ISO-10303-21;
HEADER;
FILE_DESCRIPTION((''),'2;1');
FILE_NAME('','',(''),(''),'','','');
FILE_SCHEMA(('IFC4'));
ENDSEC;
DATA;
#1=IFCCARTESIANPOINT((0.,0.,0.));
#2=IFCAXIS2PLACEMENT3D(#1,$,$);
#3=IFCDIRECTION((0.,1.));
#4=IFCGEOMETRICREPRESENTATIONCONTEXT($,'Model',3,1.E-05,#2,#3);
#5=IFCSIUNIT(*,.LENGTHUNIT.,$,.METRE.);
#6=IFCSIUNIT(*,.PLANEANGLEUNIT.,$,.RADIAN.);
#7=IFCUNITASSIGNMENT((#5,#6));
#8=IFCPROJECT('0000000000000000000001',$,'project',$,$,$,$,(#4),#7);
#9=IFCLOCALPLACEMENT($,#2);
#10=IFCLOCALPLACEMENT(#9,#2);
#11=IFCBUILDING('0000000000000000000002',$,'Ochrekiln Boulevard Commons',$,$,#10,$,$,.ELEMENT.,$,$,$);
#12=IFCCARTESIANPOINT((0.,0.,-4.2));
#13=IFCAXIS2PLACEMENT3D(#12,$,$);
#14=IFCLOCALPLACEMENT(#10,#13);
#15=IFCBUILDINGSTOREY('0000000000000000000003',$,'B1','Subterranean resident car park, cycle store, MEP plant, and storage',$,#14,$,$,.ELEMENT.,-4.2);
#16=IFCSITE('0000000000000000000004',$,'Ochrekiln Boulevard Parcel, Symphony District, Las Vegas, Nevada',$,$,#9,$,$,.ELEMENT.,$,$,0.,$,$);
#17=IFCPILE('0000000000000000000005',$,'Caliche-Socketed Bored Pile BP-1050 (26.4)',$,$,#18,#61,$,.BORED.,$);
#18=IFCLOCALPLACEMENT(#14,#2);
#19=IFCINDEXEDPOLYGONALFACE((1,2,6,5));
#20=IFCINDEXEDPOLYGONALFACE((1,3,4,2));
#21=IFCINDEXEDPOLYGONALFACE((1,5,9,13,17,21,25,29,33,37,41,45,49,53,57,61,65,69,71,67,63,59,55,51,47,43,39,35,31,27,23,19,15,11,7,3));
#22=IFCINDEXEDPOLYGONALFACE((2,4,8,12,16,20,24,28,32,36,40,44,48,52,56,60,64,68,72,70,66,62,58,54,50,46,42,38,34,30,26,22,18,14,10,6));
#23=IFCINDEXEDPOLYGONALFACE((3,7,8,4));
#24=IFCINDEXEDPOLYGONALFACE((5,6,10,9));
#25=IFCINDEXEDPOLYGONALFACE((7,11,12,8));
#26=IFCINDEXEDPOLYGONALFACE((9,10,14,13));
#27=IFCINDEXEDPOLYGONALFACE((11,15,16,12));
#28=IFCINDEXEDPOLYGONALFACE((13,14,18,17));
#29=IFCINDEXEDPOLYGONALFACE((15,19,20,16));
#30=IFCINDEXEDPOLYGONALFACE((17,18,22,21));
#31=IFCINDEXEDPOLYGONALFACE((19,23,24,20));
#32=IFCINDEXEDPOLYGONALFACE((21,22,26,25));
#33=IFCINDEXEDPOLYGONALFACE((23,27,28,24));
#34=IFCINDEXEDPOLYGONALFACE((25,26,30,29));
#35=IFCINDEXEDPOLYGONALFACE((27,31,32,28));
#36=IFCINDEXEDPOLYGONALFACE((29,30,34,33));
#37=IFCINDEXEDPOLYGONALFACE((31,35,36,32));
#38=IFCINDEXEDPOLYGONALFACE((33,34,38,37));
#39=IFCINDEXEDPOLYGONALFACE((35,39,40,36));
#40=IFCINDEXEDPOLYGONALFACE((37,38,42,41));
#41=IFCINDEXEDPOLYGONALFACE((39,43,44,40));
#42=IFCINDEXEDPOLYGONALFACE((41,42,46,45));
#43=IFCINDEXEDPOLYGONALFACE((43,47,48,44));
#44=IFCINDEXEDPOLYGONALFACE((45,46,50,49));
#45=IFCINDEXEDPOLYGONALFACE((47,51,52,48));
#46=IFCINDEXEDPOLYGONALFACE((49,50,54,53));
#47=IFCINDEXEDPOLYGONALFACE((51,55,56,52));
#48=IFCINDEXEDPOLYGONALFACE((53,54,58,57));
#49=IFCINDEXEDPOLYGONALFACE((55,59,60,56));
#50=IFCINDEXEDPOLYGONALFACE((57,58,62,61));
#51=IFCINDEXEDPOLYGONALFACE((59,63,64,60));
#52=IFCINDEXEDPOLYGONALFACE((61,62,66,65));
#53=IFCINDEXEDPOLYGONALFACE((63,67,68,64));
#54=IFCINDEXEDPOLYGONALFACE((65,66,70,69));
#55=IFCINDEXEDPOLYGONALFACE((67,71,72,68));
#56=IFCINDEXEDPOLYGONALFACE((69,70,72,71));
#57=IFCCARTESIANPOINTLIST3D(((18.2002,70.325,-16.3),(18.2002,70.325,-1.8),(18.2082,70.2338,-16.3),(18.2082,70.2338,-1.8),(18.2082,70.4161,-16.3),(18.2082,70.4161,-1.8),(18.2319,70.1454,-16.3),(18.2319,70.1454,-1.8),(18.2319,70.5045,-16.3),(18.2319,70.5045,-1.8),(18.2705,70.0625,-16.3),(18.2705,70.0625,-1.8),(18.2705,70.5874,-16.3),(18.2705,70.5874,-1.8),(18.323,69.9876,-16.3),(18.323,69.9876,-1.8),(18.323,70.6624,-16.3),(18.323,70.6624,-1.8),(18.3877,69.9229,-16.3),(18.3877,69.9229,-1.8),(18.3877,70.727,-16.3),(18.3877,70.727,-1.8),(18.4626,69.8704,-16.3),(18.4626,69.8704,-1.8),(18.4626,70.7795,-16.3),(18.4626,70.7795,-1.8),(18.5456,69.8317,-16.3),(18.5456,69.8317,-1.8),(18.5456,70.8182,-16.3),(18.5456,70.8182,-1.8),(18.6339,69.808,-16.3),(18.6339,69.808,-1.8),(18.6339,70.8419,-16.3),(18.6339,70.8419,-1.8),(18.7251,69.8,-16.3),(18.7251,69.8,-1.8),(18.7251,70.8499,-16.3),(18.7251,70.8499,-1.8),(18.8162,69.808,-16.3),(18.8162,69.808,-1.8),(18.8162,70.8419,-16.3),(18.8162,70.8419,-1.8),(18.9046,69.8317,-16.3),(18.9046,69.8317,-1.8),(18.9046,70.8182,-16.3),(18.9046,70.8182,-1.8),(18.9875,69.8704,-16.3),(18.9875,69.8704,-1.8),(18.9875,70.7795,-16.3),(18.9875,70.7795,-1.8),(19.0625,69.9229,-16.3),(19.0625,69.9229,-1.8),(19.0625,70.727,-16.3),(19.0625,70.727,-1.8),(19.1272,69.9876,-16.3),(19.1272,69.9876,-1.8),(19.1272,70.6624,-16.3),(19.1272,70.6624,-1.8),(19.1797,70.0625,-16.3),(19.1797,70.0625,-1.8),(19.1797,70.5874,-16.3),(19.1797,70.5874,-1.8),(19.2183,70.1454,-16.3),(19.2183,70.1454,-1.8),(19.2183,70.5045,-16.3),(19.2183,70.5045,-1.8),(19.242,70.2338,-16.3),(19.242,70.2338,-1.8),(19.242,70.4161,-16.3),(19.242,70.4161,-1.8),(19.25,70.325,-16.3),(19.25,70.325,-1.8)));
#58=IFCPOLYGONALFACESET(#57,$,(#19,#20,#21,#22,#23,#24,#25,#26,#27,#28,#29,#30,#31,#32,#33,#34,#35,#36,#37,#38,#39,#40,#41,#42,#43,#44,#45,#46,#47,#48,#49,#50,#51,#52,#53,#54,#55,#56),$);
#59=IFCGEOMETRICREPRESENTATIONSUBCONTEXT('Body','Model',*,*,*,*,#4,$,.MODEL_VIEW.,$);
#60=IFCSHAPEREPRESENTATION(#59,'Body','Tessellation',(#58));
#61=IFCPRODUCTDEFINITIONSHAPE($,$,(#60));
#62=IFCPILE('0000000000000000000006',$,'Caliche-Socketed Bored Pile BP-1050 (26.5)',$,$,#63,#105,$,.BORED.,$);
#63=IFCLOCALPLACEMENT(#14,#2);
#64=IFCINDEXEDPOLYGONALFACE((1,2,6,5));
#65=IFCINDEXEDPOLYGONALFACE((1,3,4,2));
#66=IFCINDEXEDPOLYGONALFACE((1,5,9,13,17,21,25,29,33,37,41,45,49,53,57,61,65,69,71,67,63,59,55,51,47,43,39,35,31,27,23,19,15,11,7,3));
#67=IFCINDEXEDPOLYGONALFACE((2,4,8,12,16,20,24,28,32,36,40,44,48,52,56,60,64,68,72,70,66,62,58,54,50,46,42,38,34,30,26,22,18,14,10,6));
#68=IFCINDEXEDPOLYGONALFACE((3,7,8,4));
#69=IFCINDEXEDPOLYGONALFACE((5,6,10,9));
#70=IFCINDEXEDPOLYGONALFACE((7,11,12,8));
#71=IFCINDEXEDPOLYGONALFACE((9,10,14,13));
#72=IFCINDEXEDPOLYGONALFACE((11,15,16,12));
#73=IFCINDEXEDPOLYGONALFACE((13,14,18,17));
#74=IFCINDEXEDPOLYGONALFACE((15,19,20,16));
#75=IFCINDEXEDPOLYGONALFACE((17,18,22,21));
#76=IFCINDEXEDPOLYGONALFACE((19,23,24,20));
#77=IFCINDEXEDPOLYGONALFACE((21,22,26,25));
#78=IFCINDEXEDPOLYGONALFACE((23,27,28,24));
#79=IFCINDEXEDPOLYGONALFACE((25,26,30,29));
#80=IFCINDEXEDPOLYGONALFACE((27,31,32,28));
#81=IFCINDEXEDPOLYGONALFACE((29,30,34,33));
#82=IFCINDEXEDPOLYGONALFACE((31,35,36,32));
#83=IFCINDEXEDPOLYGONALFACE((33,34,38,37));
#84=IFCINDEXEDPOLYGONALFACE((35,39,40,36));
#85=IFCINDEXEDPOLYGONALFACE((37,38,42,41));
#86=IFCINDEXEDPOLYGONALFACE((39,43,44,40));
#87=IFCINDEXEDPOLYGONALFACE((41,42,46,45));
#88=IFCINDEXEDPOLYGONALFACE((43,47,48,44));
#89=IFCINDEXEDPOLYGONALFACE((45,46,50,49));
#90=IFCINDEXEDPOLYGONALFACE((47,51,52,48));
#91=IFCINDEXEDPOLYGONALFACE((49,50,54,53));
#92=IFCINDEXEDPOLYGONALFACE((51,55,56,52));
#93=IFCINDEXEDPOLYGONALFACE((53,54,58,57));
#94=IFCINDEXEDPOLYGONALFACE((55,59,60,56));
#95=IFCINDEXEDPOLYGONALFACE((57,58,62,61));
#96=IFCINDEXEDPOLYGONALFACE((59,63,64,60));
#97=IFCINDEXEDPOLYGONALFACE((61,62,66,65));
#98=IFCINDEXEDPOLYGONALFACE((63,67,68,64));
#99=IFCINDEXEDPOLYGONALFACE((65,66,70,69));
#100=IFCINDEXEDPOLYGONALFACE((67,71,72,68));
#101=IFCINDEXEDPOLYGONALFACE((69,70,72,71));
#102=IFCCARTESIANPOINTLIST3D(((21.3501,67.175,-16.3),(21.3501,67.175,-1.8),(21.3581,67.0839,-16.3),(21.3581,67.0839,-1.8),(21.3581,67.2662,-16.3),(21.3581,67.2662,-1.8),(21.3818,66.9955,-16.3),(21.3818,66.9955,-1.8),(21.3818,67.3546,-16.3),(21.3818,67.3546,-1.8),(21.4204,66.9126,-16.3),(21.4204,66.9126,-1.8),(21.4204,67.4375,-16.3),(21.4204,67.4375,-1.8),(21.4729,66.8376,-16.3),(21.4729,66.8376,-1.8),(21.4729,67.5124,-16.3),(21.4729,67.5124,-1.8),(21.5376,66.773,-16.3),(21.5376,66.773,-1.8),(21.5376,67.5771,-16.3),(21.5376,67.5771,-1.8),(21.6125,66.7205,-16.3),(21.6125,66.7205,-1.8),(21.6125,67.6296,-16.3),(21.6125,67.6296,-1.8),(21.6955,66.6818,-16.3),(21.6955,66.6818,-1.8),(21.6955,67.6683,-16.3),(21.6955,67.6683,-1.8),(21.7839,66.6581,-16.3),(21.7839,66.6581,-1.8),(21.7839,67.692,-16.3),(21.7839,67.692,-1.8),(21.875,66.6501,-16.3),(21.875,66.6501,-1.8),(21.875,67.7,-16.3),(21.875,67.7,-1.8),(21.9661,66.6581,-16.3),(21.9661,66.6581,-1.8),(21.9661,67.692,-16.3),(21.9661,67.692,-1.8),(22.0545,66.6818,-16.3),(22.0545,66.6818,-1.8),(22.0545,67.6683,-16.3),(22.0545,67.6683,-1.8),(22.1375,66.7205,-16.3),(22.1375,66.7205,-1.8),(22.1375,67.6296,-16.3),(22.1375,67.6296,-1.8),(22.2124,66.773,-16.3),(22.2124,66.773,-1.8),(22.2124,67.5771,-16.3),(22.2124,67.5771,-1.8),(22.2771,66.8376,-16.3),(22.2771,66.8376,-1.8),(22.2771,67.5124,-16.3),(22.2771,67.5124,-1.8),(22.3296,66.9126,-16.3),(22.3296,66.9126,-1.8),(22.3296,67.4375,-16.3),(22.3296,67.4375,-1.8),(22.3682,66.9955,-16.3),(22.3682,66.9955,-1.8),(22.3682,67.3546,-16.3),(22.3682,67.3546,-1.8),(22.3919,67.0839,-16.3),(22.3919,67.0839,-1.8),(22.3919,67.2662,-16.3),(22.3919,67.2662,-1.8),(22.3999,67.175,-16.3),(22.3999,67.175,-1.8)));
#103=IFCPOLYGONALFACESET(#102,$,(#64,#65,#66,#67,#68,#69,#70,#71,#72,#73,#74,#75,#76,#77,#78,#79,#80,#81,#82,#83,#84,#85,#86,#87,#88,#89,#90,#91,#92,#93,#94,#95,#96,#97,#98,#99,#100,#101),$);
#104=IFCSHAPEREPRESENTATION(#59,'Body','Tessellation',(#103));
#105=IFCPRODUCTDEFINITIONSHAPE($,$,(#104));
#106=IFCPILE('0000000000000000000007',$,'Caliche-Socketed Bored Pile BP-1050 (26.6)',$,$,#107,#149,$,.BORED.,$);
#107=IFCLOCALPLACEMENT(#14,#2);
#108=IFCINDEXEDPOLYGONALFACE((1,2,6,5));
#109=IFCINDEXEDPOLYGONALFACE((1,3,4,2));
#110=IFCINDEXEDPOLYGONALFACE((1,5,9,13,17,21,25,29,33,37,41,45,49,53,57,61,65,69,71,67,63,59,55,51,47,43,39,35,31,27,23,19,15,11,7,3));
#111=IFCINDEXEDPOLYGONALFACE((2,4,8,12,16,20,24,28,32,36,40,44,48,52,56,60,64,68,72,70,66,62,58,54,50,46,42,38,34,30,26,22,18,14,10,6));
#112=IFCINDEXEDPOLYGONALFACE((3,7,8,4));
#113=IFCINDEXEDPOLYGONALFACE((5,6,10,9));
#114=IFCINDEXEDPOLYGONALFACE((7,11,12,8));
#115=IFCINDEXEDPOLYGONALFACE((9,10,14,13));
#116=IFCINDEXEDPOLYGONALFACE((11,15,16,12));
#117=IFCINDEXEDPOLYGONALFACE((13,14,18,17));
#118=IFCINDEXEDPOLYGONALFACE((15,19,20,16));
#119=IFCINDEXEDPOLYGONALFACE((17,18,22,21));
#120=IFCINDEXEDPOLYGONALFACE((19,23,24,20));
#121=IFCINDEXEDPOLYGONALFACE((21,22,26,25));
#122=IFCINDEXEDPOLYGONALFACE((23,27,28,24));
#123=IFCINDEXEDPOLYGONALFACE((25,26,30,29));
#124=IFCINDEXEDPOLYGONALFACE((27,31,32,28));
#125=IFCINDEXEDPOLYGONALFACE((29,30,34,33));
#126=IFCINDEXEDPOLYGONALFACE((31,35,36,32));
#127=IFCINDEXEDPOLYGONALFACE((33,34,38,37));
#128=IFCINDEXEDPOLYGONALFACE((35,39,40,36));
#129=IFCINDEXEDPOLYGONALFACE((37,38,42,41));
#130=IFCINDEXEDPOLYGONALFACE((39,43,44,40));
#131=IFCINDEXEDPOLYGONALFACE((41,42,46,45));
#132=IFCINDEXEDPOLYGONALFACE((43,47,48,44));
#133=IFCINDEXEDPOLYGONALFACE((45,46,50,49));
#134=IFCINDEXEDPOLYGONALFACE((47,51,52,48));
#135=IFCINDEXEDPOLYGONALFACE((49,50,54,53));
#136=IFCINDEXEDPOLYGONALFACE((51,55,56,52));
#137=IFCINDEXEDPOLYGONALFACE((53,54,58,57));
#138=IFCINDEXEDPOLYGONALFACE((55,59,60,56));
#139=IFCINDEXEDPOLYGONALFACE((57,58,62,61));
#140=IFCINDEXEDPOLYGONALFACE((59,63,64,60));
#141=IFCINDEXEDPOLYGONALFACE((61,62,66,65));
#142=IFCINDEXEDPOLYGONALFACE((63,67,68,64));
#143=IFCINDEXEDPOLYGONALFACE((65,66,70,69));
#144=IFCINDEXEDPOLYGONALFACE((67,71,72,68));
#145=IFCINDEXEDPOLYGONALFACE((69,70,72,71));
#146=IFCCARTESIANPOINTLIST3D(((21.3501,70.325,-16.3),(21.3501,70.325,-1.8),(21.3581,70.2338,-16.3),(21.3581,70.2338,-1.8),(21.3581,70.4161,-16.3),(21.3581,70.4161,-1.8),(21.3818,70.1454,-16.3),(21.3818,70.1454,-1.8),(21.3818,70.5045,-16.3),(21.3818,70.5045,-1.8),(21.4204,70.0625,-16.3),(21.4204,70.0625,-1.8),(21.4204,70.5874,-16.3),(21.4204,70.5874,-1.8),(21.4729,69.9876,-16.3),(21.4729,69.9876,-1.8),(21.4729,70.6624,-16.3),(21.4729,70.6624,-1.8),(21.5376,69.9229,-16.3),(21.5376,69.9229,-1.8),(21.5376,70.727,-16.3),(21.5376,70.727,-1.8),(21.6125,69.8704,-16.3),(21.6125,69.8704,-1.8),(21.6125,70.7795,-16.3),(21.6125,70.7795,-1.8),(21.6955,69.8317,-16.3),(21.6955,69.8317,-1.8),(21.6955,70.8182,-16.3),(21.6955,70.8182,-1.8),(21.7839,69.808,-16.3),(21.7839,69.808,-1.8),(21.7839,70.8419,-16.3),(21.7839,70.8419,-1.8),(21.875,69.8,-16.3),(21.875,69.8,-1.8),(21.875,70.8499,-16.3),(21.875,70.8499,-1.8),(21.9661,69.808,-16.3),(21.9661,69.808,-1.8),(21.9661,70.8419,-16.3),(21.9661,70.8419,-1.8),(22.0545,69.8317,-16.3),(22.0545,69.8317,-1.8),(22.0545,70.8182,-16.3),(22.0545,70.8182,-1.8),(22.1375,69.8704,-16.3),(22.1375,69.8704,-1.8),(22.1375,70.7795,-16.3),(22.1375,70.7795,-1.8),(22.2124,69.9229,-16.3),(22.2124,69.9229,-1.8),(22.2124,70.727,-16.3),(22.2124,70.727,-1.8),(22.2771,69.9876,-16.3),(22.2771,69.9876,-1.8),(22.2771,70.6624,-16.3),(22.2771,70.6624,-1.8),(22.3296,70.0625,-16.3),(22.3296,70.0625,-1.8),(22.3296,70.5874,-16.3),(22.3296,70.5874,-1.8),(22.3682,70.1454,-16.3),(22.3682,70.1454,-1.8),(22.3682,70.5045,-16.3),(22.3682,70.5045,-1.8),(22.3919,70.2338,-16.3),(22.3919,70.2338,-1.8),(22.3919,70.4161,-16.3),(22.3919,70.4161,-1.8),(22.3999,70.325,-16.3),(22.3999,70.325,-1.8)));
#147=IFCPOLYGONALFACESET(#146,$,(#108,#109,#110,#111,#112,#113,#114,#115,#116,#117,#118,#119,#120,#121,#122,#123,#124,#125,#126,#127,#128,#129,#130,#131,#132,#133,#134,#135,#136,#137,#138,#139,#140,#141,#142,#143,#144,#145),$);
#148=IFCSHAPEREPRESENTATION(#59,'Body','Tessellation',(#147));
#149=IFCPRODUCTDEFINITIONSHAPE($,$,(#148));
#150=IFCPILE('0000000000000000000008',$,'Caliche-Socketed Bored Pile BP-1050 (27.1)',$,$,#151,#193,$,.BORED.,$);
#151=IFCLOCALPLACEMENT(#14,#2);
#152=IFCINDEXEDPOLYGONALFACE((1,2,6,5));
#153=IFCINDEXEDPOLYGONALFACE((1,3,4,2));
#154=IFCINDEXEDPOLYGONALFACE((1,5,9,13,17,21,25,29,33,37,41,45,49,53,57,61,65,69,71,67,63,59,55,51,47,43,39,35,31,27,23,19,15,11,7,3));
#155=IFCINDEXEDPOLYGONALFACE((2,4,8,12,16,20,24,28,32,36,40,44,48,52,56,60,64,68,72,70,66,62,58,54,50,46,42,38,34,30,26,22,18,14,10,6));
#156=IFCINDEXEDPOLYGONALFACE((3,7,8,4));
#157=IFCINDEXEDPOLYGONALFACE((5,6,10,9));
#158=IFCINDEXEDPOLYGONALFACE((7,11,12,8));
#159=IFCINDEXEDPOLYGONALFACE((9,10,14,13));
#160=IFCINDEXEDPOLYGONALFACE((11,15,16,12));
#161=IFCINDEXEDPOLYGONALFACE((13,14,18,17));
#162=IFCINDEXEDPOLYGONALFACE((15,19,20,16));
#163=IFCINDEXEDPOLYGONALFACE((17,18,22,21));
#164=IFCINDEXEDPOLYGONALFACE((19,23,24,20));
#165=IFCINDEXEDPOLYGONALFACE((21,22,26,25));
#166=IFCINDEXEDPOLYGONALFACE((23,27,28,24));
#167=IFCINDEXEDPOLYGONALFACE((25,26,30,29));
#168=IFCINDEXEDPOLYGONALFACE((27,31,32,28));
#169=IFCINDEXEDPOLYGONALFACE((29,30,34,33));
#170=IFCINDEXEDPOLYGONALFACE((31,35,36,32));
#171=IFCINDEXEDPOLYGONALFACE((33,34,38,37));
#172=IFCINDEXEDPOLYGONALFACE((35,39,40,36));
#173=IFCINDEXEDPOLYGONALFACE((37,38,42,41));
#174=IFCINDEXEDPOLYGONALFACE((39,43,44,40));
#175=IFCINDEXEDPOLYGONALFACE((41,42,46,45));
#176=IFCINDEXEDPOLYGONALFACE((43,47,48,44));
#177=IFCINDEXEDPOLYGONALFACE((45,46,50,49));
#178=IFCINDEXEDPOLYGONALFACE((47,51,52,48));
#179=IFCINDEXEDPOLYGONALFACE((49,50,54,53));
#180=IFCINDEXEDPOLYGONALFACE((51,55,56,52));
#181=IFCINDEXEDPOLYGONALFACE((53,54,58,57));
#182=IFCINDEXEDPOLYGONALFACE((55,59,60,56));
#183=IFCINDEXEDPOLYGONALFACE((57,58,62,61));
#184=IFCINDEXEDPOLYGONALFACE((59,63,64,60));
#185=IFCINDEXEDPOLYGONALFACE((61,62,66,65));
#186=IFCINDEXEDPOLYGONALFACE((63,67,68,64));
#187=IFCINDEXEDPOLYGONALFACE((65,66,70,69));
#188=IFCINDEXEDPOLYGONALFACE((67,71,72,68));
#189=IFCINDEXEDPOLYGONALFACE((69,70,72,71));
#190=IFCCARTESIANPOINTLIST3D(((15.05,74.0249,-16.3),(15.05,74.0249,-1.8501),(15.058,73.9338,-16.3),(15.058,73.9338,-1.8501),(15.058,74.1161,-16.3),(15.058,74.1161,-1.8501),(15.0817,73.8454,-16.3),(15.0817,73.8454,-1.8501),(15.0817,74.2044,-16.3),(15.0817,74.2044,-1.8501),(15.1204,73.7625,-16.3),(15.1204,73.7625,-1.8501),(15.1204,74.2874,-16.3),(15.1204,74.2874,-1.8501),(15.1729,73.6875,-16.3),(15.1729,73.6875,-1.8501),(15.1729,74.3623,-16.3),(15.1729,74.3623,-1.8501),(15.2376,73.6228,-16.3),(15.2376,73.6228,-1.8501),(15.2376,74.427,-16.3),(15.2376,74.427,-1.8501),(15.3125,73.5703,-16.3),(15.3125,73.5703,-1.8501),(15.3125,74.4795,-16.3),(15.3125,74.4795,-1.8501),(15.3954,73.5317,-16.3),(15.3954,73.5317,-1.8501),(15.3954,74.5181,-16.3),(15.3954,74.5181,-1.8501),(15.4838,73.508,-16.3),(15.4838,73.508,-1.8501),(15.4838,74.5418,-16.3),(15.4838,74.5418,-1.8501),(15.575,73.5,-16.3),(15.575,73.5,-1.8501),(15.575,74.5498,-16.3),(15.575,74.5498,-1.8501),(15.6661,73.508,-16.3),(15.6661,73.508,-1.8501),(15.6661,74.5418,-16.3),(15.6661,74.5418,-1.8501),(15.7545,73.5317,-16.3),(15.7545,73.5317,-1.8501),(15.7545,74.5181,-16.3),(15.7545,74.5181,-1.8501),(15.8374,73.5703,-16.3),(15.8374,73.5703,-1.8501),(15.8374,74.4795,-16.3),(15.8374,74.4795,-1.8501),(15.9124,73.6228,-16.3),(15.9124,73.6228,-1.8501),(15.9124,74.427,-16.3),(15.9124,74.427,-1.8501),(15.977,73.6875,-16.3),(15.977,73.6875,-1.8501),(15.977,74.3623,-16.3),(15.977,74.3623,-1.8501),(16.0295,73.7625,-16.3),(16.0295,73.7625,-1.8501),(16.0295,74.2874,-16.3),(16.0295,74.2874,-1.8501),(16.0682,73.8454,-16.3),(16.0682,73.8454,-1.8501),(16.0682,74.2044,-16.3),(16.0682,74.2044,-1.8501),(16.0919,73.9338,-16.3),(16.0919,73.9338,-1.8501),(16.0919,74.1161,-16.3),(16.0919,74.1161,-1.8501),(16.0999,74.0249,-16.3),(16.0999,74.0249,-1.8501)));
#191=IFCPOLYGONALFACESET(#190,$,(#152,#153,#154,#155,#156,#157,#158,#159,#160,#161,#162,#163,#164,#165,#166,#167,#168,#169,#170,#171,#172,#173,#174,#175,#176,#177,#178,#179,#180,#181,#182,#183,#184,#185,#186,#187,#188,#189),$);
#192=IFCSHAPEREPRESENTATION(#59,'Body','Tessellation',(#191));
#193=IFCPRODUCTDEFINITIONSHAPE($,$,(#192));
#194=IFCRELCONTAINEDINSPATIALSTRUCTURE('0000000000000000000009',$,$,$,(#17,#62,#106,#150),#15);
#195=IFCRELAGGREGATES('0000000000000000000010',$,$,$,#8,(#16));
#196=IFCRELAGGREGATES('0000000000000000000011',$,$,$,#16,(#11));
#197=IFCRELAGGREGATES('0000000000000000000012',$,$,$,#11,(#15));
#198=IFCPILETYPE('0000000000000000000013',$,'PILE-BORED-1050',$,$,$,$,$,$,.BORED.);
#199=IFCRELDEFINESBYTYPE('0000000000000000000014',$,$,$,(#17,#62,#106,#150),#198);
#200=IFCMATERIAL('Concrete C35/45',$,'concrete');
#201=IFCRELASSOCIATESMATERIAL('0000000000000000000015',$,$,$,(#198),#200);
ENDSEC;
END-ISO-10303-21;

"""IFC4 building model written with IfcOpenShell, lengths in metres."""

from ifc_helpers import new_model, si_unit, direction, frame, origin, origin_2d, place, context, subcontext, project, spatial, circle, extrude, material, material_profile, profile_set, type_object, element, save


model = new_model("IFC4")

# Units and contexts
model_context = context("Model", 3, precision=1e-05, world=origin(), true_north=direction((0.0, 1.0)))
body_context = subcontext(model_context, "Body", "Model", "MODEL_VIEW")
ifc_project = project(units=[si_unit("LENGTHUNIT", "METRE"), si_unit("PLANEANGLEUNIT", "RADIAN")], contexts=[model_context])

# Site, building, storey
site_placement = place(None, origin())
site = spatial("IfcSite", under=ifc_project, at=site_placement, Name="Ochrekiln Boulevard Parcel, Symphony District, Las Vegas, Nevada", CompositionType="ELEMENT", RefElevation=0.0)
building_placement = place(site_placement, origin())
building = spatial("IfcBuilding", under=site, at=building_placement, Name="Ochrekiln Boulevard Commons", CompositionType="ELEMENT")
storey_placement = place(building_placement, frame((0.0, 0.0, -4.2)))
storey = spatial("IfcBuildingStorey", under=building, at=storey_placement, Name="B1", Description="Subterranean resident car park, cycle store, MEP plant, and storage", CompositionType="ELEMENT", Elevation=-4.2)

# Shared definitions
ifc_material_1 = material(Name="Concrete C35/45", Category="concrete")

# Piles
ifc_material_profile_1 = material_profile(ifc_material_1, circle(Radius=0.5249, at=origin_2d()), Name="PILE-D1050")
ifc_profile_set_1 = profile_set([ifc_material_profile_1], Name="Concrete C35/45")
pile_type_1 = type_object("IfcPileType", Name="PILE-BORED-1050", PredefinedType="BORED", material=ifc_profile_set_1)
for number, where, z_axis, x_axis, name in (
    (1, (18.7251, 70.325, -1.8), (0.0, 0.0, -1.0), (1.0, 0.0, 0.0), "Caliche-Socketed Bored Pile BP-1050 (26.4)"),
    (2, (21.875, 67.175, -1.8), (0.0, 0.0, -1.0), (1.0, 0.0, 0.0), "Caliche-Socketed Bored Pile BP-1050 (26.5)"),
    (3, (21.875, 70.325, -1.8), (0.0, 0.0, -1.0), (1.0, 0.0, 0.0), "Caliche-Socketed Bored Pile BP-1050 (26.6)"),
):
    element("IfcPile", number, at=place(storey_placement, frame(where, z_axis=z_axis, x_axis=x_axis)), inside=storey, type_object=pile_type_1, Name=name, PredefinedType="BORED", context=body_context, shape_type="SweptSolid", body=[
        extrude(circle(Radius=0.5249, at=origin_2d()), origin(), (0.0, 0.0, 1.0), 14.5),
    ])
for number, where, z_axis, x_axis, name in (
    (4, (15.575, 74.0249, -1.8501), (0.0, 0.0, -1.0), (1.0, 0.0, 0.0), "Caliche-Socketed Bored Pile BP-1050 (27.1)"),
):
    element("IfcPile", number, at=place(storey_placement, frame(where, z_axis=z_axis, x_axis=x_axis)), inside=storey, type_object=pile_type_1, Name=name, PredefinedType="BORED", context=body_context, shape_type="SweptSolid", body=[
        extrude(circle(Radius=0.5249, at=origin_2d()), origin(), (0.0, 0.0, 1.0), 14.45),
    ])

save(model, "model.ifc")
